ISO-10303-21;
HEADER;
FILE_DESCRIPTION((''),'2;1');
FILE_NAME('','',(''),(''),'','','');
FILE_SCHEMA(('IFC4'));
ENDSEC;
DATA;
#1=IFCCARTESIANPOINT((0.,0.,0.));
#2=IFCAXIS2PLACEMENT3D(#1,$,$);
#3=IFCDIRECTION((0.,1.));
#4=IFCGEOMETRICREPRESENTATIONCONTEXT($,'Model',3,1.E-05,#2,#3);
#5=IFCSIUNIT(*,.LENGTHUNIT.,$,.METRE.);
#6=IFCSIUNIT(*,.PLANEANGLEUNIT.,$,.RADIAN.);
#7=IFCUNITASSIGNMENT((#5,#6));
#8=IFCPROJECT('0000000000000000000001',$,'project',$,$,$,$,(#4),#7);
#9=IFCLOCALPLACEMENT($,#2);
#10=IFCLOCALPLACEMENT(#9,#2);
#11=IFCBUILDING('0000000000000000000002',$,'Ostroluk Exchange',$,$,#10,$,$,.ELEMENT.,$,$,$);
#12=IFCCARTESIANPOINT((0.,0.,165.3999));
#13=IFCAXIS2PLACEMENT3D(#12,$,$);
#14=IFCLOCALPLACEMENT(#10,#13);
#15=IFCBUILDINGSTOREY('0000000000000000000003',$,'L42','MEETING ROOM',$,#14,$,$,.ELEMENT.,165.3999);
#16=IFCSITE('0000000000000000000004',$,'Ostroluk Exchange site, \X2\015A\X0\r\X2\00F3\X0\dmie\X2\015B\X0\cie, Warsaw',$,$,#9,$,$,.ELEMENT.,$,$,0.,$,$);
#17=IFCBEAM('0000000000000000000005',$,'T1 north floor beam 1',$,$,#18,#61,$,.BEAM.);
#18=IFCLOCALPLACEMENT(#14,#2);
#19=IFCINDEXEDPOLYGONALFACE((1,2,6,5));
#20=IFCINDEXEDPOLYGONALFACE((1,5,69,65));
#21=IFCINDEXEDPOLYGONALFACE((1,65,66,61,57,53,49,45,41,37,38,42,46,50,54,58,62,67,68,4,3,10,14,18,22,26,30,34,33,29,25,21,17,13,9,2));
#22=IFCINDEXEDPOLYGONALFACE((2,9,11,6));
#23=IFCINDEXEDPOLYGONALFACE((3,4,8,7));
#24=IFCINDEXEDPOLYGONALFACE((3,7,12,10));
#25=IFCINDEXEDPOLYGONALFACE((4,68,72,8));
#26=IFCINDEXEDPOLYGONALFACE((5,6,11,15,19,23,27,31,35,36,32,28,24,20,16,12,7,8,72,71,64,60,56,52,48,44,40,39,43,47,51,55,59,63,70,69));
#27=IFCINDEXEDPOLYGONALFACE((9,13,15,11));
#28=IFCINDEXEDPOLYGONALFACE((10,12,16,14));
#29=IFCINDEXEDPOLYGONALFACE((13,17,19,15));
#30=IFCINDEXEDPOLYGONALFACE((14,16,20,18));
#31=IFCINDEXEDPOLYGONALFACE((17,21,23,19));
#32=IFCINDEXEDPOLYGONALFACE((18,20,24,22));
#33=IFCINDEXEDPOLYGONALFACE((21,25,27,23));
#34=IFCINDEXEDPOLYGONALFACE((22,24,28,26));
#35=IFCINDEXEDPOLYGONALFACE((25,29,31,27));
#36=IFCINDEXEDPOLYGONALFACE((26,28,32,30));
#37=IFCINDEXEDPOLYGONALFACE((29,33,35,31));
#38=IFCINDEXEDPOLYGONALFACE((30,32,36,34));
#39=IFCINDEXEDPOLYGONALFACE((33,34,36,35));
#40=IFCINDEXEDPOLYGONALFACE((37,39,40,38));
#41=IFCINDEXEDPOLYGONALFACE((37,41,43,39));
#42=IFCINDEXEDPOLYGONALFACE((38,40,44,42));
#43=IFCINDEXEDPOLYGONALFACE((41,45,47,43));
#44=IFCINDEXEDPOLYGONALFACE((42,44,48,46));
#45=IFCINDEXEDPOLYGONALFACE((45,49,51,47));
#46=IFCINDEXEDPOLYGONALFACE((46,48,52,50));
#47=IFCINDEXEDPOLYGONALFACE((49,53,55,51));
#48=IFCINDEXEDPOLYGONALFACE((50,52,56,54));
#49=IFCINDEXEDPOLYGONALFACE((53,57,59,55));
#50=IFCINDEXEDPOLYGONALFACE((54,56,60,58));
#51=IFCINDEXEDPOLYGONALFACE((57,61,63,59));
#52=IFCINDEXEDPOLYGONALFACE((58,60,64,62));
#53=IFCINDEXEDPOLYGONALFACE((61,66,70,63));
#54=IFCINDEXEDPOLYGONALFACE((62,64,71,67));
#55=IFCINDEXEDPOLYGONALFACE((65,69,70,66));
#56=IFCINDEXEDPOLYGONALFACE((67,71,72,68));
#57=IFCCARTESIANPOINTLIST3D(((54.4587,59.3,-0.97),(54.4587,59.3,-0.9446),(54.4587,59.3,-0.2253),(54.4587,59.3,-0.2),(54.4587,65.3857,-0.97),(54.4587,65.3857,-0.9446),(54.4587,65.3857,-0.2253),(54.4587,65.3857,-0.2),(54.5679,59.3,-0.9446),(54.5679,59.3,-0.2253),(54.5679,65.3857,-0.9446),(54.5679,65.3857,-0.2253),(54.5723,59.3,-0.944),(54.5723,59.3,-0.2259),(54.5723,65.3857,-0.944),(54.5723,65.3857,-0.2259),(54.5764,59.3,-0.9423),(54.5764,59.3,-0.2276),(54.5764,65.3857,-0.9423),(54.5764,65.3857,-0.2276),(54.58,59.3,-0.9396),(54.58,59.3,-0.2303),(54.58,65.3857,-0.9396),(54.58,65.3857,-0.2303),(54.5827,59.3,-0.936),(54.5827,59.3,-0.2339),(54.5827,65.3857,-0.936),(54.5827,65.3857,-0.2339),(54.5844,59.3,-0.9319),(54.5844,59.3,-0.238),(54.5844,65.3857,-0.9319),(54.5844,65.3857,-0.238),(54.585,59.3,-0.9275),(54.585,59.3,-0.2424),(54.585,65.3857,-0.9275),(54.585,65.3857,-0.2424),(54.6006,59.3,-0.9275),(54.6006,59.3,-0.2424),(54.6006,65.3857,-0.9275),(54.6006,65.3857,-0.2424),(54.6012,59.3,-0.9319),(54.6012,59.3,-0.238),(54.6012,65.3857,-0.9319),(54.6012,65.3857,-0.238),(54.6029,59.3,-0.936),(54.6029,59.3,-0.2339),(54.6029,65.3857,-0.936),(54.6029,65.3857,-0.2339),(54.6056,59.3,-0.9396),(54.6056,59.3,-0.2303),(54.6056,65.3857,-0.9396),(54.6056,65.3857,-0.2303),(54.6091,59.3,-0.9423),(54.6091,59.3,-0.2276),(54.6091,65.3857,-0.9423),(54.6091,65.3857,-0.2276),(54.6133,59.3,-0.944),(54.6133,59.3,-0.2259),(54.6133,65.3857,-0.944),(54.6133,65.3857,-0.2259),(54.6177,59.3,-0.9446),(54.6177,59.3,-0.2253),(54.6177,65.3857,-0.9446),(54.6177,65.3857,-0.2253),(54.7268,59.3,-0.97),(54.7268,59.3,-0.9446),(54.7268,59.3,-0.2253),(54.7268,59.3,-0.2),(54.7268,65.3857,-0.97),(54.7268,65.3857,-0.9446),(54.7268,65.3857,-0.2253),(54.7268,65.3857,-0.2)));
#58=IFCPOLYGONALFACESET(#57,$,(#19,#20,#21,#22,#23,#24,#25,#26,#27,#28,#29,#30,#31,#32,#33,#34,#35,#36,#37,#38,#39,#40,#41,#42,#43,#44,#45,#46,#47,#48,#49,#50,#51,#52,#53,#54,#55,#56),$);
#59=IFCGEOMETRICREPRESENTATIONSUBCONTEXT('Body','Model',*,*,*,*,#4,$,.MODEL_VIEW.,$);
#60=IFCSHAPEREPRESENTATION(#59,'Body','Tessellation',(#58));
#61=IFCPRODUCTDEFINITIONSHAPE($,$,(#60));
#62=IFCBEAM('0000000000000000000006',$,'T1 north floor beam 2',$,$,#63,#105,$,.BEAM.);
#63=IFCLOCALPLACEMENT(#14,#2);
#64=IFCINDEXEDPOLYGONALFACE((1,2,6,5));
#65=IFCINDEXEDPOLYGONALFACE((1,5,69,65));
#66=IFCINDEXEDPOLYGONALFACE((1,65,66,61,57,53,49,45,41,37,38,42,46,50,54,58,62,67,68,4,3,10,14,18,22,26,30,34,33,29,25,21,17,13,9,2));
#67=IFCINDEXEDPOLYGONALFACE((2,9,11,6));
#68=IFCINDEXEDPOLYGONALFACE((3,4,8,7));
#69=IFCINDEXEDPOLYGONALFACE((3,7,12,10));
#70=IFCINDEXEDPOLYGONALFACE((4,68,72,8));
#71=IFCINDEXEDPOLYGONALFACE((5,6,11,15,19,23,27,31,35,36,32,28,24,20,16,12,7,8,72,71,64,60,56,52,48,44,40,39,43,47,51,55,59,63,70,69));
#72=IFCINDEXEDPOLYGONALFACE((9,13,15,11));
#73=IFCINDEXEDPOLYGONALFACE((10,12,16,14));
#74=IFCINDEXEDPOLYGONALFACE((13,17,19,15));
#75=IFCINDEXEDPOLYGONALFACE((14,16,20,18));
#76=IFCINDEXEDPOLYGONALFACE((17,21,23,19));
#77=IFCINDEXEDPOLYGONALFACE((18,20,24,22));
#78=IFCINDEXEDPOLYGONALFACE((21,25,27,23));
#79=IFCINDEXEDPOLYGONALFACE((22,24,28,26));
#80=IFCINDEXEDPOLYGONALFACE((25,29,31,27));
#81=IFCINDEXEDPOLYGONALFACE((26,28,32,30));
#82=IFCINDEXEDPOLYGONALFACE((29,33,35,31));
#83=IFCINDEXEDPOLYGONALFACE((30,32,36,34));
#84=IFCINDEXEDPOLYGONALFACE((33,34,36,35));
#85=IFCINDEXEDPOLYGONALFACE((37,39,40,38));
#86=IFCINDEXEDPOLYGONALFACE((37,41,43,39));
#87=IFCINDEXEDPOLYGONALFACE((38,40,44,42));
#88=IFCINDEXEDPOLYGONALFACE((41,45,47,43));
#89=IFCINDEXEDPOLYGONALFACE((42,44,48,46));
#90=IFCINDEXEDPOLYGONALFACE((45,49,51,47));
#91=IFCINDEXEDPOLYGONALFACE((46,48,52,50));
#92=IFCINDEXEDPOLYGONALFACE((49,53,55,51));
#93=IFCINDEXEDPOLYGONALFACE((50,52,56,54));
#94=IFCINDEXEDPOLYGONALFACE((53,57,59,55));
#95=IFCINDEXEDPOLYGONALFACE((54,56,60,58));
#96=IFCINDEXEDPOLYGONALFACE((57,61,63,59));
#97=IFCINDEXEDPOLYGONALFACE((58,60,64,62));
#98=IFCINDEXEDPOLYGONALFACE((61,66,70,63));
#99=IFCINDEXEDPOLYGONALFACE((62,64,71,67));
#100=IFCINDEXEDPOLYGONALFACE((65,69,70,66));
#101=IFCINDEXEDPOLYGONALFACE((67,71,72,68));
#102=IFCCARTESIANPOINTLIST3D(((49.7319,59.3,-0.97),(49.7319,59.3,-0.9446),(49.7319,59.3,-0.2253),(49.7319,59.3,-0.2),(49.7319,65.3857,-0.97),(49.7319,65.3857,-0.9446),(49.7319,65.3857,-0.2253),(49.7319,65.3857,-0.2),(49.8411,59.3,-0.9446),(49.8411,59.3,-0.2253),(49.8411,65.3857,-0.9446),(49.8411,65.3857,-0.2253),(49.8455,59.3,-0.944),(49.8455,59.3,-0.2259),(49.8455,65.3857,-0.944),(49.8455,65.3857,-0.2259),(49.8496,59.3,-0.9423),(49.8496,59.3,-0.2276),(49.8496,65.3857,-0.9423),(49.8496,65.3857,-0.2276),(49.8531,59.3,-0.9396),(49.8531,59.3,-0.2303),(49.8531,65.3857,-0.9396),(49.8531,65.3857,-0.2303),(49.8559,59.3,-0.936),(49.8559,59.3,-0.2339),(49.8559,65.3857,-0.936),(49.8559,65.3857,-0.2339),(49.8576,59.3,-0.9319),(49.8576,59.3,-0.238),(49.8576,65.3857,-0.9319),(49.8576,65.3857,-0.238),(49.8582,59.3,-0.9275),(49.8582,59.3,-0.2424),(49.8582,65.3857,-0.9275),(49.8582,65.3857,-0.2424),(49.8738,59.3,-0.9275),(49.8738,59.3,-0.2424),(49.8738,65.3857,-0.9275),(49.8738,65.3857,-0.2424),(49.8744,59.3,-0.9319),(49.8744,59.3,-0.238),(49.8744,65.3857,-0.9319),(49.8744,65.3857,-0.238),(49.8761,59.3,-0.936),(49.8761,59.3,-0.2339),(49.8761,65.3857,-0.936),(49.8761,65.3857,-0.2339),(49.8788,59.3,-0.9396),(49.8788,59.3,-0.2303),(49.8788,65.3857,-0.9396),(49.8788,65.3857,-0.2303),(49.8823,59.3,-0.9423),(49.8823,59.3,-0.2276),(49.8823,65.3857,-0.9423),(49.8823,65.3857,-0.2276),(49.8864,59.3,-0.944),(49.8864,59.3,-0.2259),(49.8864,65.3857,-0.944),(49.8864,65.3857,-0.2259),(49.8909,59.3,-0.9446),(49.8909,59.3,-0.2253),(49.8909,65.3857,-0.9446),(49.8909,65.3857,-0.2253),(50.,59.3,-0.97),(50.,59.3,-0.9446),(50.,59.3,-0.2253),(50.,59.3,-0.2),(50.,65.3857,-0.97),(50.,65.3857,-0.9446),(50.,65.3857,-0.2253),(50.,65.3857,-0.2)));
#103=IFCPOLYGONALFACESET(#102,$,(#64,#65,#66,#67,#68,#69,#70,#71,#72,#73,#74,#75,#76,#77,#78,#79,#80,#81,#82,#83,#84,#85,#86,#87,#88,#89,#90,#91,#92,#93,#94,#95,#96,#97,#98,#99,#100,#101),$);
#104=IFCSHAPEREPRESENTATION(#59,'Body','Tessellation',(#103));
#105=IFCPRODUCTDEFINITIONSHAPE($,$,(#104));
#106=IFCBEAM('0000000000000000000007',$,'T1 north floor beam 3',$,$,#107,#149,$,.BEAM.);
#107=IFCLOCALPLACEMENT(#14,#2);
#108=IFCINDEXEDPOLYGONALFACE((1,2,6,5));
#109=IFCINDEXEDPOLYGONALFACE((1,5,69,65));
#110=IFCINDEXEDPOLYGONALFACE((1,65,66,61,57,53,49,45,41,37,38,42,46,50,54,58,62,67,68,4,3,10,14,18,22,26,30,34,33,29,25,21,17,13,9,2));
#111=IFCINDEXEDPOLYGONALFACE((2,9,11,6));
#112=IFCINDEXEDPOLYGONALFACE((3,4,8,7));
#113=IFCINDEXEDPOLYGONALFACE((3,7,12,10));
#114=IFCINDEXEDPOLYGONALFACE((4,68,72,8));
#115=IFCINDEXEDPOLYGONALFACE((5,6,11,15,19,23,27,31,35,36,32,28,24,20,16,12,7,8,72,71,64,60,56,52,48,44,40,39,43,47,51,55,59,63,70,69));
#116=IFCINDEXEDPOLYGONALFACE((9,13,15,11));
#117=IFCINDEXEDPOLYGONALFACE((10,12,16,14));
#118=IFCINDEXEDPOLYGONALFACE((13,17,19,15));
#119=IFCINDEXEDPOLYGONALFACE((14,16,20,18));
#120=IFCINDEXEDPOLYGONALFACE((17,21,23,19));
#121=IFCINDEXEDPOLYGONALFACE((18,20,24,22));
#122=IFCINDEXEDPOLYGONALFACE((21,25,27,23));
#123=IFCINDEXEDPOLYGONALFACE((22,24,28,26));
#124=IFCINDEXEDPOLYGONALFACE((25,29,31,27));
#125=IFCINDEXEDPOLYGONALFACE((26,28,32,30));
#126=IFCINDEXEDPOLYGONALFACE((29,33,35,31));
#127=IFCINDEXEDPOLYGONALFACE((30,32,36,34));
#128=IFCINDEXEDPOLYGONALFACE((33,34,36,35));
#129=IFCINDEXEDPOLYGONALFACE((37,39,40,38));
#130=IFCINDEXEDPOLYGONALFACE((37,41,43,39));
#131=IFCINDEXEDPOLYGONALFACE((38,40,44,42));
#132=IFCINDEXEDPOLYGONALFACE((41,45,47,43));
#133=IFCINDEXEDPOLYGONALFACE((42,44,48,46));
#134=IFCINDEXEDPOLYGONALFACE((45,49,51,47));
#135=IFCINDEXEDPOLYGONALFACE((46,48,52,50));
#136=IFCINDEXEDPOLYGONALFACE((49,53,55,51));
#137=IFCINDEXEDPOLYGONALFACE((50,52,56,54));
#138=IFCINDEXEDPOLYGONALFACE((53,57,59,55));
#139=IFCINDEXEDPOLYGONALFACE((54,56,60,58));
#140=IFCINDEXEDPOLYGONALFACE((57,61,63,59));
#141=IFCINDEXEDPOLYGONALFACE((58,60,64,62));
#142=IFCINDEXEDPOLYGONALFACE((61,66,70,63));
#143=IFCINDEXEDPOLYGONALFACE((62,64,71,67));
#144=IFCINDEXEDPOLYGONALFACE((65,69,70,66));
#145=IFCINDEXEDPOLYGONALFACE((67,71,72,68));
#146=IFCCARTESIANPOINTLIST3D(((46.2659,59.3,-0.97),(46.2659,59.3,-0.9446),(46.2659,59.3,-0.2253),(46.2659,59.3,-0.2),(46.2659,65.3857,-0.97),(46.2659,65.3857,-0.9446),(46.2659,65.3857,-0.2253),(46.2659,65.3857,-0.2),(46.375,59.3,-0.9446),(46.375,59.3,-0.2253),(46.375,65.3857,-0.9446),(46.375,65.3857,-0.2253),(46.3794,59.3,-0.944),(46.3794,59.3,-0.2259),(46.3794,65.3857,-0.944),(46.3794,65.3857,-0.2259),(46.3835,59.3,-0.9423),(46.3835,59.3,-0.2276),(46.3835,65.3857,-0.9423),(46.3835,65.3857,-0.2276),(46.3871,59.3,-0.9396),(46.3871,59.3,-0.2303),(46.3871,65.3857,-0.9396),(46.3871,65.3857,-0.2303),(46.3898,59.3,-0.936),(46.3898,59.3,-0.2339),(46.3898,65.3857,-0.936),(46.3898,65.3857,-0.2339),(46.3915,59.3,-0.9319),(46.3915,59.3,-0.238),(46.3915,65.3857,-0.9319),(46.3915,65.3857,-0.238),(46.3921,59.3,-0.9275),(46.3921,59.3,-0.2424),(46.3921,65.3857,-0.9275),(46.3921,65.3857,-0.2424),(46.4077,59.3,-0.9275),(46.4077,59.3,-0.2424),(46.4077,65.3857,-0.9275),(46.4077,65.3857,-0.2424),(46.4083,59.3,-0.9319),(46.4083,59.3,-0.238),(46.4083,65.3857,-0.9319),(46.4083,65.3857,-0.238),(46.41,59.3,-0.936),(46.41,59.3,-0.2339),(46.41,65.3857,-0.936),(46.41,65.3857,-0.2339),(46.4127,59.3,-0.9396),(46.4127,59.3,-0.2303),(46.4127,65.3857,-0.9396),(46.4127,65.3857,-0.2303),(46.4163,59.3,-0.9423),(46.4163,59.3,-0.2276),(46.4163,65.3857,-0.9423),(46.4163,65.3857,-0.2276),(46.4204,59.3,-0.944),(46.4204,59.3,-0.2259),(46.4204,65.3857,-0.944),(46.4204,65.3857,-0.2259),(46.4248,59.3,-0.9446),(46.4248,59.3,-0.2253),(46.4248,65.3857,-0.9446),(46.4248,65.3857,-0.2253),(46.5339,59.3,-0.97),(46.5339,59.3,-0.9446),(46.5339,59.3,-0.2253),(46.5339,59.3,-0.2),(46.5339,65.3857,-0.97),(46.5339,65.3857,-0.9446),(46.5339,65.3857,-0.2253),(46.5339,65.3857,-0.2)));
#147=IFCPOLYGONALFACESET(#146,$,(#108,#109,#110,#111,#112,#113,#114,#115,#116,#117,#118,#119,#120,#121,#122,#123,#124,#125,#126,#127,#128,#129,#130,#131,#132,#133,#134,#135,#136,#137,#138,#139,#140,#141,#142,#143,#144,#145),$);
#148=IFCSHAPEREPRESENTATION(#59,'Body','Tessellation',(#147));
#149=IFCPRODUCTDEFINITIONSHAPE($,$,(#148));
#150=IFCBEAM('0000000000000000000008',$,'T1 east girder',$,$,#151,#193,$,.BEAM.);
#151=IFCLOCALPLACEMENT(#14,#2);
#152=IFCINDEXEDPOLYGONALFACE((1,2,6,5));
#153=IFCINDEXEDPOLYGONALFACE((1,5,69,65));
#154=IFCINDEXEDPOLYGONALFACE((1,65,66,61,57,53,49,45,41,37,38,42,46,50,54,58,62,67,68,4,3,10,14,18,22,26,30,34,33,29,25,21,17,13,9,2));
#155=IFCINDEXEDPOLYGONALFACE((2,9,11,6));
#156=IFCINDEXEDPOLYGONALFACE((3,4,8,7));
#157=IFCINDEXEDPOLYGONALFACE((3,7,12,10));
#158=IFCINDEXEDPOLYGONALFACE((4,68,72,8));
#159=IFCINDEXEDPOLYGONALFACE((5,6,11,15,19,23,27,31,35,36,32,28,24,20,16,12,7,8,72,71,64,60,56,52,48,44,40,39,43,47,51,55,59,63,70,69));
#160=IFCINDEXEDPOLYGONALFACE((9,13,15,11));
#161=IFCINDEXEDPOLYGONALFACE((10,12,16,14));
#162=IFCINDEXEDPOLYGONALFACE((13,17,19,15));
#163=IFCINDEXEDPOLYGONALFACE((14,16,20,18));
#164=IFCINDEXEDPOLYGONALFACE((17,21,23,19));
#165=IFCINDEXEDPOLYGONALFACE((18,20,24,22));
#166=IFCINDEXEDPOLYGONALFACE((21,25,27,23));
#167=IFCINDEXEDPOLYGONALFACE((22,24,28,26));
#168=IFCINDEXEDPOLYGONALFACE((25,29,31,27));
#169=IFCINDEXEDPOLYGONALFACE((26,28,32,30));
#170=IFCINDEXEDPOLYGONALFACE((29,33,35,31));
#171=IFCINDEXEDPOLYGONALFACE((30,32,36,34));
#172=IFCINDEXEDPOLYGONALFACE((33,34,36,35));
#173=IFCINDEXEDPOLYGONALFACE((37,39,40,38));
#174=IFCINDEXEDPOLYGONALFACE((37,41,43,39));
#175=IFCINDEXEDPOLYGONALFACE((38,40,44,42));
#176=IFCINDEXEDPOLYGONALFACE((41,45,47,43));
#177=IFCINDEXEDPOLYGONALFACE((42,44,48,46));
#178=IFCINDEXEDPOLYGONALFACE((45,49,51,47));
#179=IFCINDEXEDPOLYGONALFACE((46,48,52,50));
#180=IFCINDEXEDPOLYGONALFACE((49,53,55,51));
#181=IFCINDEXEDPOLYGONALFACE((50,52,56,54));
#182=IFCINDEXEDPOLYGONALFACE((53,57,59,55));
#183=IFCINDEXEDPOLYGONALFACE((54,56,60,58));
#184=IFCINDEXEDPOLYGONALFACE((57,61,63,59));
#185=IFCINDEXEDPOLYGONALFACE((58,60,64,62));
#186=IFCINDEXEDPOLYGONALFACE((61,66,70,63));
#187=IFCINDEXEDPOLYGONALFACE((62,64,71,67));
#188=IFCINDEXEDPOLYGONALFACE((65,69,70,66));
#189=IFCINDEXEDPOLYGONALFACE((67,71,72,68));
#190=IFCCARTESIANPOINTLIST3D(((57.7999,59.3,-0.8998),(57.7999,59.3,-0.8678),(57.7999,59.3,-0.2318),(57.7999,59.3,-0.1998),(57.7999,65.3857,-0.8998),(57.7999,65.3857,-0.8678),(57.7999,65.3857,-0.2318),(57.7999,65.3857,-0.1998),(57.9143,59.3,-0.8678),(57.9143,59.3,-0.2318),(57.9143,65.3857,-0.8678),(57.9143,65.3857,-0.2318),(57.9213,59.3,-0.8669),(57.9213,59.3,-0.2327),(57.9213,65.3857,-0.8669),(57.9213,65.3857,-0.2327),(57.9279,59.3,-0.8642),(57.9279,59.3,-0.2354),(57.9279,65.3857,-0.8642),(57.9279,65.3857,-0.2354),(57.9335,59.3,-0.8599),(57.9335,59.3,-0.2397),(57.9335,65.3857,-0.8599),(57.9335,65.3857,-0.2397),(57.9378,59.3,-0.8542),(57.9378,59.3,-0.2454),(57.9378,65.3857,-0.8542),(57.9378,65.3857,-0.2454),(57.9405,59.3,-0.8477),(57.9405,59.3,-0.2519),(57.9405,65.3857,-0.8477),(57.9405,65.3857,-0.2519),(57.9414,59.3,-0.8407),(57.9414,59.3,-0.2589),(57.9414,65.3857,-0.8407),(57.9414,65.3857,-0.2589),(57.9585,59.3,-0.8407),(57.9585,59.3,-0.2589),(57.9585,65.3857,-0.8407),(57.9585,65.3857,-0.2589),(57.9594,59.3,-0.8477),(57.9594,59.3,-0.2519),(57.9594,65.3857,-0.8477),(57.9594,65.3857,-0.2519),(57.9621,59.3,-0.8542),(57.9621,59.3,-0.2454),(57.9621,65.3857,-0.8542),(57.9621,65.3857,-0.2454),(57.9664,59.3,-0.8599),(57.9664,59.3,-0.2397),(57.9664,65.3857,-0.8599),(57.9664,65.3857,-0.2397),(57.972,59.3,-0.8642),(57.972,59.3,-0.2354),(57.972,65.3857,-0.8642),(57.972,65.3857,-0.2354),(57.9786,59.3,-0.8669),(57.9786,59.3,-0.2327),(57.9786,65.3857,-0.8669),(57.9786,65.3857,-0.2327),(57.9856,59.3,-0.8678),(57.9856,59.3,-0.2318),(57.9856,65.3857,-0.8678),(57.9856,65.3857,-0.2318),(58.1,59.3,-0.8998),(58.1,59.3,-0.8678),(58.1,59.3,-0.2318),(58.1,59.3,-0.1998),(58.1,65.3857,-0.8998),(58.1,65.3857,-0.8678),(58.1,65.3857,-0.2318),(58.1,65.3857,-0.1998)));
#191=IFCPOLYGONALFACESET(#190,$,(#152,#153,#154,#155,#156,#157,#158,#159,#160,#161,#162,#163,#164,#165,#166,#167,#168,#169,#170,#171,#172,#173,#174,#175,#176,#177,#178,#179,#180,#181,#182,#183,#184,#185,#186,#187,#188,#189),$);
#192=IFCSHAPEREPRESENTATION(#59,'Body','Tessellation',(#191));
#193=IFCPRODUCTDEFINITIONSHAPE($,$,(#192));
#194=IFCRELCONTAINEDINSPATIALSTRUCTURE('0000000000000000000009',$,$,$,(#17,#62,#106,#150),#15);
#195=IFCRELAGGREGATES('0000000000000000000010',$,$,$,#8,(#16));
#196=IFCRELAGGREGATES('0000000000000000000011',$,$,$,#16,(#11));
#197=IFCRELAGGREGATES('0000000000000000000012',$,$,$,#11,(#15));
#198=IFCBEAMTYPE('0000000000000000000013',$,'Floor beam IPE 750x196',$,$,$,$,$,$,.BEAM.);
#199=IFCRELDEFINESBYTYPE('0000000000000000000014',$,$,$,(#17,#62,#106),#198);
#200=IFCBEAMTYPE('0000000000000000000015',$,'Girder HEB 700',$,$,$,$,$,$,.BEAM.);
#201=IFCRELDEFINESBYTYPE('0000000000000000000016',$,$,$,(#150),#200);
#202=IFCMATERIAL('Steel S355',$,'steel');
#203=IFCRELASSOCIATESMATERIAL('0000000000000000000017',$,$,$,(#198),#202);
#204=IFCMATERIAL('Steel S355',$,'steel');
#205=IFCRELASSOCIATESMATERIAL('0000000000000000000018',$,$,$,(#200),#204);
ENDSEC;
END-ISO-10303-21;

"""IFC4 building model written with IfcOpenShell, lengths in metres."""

from ifc_helpers import new_model, si_unit, direction, frame, origin, origin_2d, place, context, subcontext, project, spatial, i_section, extrude, material, material_profile, profile_set, type_object, element, save


model = new_model("IFC4")

# Units and contexts
model_context = context("Model", 3, precision=1e-05, world=origin(), true_north=direction((0.0, 1.0)))
body_context = subcontext(model_context, "Body", "Model", "MODEL_VIEW")
ifc_project = project(units=[si_unit("LENGTHUNIT", "METRE"), si_unit("PLANEANGLEUNIT", "RADIAN")], contexts=[model_context])

# Site, building, storey
site_placement = place(None, origin())
site = spatial("IfcSite", under=ifc_project, at=site_placement, Name="Ostroluk Exchange site, Śródmieście, Warsaw", CompositionType="ELEMENT", RefElevation=0.0)
building_placement = place(site_placement, origin())
building = spatial("IfcBuilding", under=site, at=building_placement, Name="Ostroluk Exchange", CompositionType="ELEMENT")
storey_placement = place(building_placement, frame((0.0, 0.0, 165.3999)))
storey = spatial("IfcBuildingStorey", under=building, at=storey_placement, Name="L42", Description="MEETING ROOM", CompositionType="ELEMENT", Elevation=165.3999)

# Beams
ifc_material_1 = material(Name="Steel S355", Category="steel")
ifc_material_profile_1 = material_profile(ifc_material_1, i_section(OverallWidth=0.2681, OverallDepth=0.77, WebThickness=0.0156, FlangeThickness=0.0254, FilletRadius=0.0171, at=origin_2d()), Name="IPE 750x196")
ifc_profile_set_1 = profile_set([ifc_material_profile_1], Name="Steel S355")
beam_type_1 = type_object("IfcBeamType", Name="Floor beam IPE 750x196", PredefinedType="BEAM", material=ifc_profile_set_1)
for number, where, z_axis, x_axis, name in (
    (1, (54.5928, 59.3, -0.585), (0.0, 1.0, 0.0), (-1.0, 0.0, 0.0), "T1 north floor beam 1"),
    (2, (49.866, 59.3, -0.585), (0.0, 1.0, 0.0), (-1.0, 0.0, 0.0), "T1 north floor beam 2"),
    (3, (46.3999, 59.3, -0.585), (0.0, 1.0, 0.0), (-1.0, 0.0, 0.0), "T1 north floor beam 3"),
):
    element("IfcBeam", number, at=place(storey_placement, frame(where, z_axis=z_axis, x_axis=x_axis)), inside=storey, type_object=beam_type_1, Name=name, PredefinedType="BEAM", context=body_context, shape_type="SweptSolid", body=[
        extrude(i_section(OverallWidth=0.2681, OverallDepth=0.77, WebThickness=0.0156, FlangeThickness=0.0254, FilletRadius=0.0171, at=origin_2d()), origin(), (0.0, 0.0, 1.0), 6.0857),
    ])
ifc_material_2 = material(Name="Steel S355", Category="steel")
ifc_material_profile_2 = material_profile(ifc_material_2, i_section(OverallWidth=0.3, OverallDepth=0.7, WebThickness=0.0171, FlangeThickness=0.032, FilletRadius=0.0271, at=origin_2d()), Name="HEB 700")
ifc_profile_set_2 = profile_set([ifc_material_profile_2], Name="Steel S355")
beam_type_2 = type_object("IfcBeamType", Name="Girder HEB 700", PredefinedType="BEAM", material=ifc_profile_set_2)
beam_placement = place(storey_placement, frame((57.95, 59.3, -0.5498), z_axis=(0.0, 1.0, 0.0), x_axis=(-1.0, 0.0, 0.0)))
element("IfcBeam", 4, at=beam_placement, inside=storey, type_object=beam_type_2, Name="T1 east girder", PredefinedType="BEAM", context=body_context, shape_type="SweptSolid", body=[
    extrude(i_section(OverallWidth=0.3, OverallDepth=0.7, WebThickness=0.0171, FlangeThickness=0.032, FilletRadius=0.0271, at=origin_2d()), origin(), (0.0, 0.0, 1.0), 6.0857),
])

save(model, "model.ifc")
